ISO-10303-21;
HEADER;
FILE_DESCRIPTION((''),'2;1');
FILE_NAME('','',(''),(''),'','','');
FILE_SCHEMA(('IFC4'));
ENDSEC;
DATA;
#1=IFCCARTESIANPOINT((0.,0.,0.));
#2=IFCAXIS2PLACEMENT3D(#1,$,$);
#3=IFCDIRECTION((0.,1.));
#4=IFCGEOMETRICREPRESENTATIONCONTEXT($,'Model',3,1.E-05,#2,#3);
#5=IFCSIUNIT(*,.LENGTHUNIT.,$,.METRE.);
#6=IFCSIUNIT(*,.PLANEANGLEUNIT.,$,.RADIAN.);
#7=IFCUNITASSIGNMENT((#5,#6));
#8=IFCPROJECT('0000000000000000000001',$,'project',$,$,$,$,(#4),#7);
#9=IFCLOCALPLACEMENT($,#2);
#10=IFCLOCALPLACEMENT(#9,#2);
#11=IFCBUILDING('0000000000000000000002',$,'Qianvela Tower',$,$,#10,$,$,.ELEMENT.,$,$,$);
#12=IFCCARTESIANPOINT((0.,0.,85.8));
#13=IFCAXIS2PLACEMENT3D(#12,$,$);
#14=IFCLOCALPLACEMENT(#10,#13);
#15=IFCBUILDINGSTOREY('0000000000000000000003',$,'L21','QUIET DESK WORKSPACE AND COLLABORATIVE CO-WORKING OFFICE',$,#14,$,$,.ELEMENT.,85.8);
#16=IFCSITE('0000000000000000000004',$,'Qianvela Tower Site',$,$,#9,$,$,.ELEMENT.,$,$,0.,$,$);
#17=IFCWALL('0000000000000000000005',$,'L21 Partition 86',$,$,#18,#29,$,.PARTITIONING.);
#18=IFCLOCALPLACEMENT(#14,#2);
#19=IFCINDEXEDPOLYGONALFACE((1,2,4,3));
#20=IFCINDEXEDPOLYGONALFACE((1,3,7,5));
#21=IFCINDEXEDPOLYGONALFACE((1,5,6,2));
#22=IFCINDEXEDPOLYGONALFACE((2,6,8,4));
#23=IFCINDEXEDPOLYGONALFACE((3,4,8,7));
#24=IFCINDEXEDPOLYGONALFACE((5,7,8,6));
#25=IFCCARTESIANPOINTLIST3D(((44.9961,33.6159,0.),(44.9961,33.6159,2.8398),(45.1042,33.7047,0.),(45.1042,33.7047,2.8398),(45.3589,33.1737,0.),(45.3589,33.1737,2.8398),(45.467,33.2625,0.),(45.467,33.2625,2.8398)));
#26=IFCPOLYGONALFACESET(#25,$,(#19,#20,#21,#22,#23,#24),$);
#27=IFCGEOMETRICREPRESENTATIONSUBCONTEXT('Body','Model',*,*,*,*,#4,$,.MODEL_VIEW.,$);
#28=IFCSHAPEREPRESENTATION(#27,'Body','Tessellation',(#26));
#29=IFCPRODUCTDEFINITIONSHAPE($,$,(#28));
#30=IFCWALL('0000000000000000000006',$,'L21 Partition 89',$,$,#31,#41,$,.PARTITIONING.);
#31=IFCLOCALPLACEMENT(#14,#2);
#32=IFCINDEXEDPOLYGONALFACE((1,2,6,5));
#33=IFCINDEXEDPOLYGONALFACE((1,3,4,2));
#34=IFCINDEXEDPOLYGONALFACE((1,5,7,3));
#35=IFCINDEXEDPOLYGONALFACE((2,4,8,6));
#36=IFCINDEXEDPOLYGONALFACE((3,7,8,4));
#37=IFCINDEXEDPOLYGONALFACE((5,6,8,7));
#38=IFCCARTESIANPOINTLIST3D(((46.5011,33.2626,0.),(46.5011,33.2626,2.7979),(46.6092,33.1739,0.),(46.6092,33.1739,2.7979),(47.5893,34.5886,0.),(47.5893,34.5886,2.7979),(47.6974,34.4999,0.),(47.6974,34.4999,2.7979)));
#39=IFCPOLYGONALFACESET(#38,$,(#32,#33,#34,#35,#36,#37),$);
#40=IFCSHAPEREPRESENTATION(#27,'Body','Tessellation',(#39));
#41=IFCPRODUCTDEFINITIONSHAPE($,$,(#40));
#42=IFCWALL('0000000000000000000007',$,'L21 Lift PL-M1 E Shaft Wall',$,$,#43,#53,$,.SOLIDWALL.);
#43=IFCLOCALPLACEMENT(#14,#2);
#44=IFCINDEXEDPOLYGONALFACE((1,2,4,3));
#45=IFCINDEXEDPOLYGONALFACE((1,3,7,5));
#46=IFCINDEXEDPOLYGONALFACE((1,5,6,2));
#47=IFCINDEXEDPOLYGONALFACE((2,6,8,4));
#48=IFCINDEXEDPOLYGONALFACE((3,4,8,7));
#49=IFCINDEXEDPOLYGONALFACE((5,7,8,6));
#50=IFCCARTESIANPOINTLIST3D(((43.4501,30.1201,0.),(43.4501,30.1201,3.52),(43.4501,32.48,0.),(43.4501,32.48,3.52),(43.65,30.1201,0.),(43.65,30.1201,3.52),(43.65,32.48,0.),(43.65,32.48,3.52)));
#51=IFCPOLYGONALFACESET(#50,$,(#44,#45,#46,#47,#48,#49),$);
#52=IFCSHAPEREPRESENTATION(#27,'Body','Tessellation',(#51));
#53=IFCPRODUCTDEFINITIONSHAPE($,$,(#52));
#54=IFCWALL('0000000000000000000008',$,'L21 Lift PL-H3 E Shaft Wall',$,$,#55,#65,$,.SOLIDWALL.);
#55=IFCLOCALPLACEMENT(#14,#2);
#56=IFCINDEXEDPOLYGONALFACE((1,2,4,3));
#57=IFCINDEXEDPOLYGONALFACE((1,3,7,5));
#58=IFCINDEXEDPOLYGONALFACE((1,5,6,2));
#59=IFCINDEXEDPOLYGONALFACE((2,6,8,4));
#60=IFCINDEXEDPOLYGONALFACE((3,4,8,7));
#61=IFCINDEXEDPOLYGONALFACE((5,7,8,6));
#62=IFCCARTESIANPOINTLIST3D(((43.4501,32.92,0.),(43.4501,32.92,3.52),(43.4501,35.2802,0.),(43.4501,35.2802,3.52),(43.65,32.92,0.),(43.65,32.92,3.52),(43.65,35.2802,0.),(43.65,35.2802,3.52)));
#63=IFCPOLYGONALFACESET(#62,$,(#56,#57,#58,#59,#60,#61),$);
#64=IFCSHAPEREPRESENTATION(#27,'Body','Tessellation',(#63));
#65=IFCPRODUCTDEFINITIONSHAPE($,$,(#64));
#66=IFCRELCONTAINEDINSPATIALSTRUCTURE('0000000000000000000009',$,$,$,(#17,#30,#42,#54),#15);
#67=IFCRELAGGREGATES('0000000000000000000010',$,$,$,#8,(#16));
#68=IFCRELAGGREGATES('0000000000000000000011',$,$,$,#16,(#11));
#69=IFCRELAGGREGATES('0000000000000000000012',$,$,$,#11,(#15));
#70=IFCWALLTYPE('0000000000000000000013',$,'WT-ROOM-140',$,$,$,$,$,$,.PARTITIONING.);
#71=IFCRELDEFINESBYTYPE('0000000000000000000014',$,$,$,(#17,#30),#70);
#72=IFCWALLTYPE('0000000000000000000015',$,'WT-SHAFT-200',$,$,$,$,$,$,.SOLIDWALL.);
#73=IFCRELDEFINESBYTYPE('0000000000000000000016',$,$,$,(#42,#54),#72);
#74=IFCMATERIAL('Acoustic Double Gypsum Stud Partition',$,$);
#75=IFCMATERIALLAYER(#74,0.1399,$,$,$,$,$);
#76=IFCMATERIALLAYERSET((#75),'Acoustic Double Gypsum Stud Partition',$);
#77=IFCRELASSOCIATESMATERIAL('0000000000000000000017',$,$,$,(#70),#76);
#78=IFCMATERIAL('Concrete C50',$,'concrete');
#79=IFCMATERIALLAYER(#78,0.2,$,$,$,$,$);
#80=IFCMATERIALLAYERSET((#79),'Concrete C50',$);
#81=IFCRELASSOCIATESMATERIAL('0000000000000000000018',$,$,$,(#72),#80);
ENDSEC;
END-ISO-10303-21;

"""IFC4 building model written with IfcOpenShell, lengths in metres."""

from ifc_helpers import new_model, si_unit, direction, frame, frame_2d, origin, place, context, subcontext, project, spatial, rectangle, extrude, material, layer, layer_set, type_object, element, save


model = new_model("IFC4")

# Units and contexts
model_context = context("Model", 3, precision=1e-05, world=origin(), true_north=direction((0.0, 1.0)))
body_context = subcontext(model_context, "Body", "Model", "MODEL_VIEW")
ifc_project = project(units=[si_unit("LENGTHUNIT", "METRE"), si_unit("PLANEANGLEUNIT", "RADIAN")], contexts=[model_context])

# Site, building, storey
site_placement = place(None, origin())
site = spatial("IfcSite", under=ifc_project, at=site_placement, Name="Qianvela Tower Site", CompositionType="ELEMENT", RefElevation=0.0)
building_placement = place(site_placement, origin())
building = spatial("IfcBuilding", under=site, at=building_placement, Name="Qianvela Tower", CompositionType="ELEMENT")
storey_placement = place(building_placement, frame((0.0, 0.0, 85.8)))
storey = spatial("IfcBuildingStorey", under=building, at=storey_placement, Name="L21", Description="QUIET DESK WORKSPACE AND COLLABORATIVE CO-WORKING OFFICE", CompositionType="ELEMENT", Elevation=85.8)

# Walls
ifc_material_1 = material(Name="Acoustic Double Gypsum Stud Partition")
ifc_layer_1 = layer(ifc_material_1, 0.1399)
ifc_layer_set_1 = layer_set([ifc_layer_1], Name="Acoustic Double Gypsum Stud Partition")
wall_type_1 = type_object("IfcWallType", Name="WT-ROOM-140", PredefinedType="PARTITIONING", material=ifc_layer_set_1)
wall_1_placement = place(storey_placement, frame((45.05, 33.6604, 0.0), z_axis=(0.0, 0.0, 1.0), x_axis=(0.63433, -0.773063, 0.0)))
element("IfcWall", 1, at=wall_1_placement, inside=storey, type_object=wall_type_1, Name="L21 Partition 86", PredefinedType="PARTITIONING", context=body_context, shape_type="SweptSolid", body=[
    extrude(rectangle(XDim=0.572, YDim=0.1399, at=frame_2d((0.2861, 0.0))), origin(), (0.0, 0.0, 1.0), 2.8398),
])
wall_2_placement = place(storey_placement, frame((46.5552, 33.2183, 0.0), z_axis=(0.0, 0.0, 1.0), x_axis=(0.634384, 0.773018, 0.0)))
element("IfcWall", 2, at=wall_2_placement, inside=storey, type_object=wall_type_1, Name="L21 Partition 89", PredefinedType="PARTITIONING", context=body_context, shape_type="SweptSolid", body=[
    extrude(rectangle(XDim=1.7153, YDim=0.1399, at=frame_2d((0.8577, 0.0))), origin(), (0.0, 0.0, 1.0), 2.7979),
])
ifc_material_2 = material(Name="Concrete C50", Category="concrete")
ifc_layer_2 = layer(ifc_material_2, 0.2)
ifc_layer_set_2 = layer_set([ifc_layer_2], Name="Concrete C50")
wall_type_2 = type_object("IfcWallType", Name="WT-SHAFT-200", PredefinedType="SOLIDWALL", material=ifc_layer_set_2)
wall_3_placement = place(storey_placement, frame((43.55, 30.1201, 0.0), z_axis=(0.0, 0.0, 1.0), x_axis=(0.0, 1.0, 0.0)))
element("IfcWall", 3, at=wall_3_placement, inside=storey, type_object=wall_type_2, Name="L21 Lift PL-M1 E Shaft Wall", PredefinedType="SOLIDWALL", context=body_context, shape_type="SweptSolid", body=[
    extrude(rectangle(XDim=2.3599, YDim=0.2, at=frame_2d((1.1799, 0.0))), origin(), (0.0, 0.0, 1.0), 3.52),
])
wall_4_placement = place(storey_placement, frame((43.55, 32.9199, 0.0), z_axis=(0.0, 0.0, 1.0), x_axis=(0.0, 1.0, 0.0)))
element("IfcWall", 4, at=wall_4_placement, inside=storey, type_object=wall_type_2, Name="L21 Lift PL-H3 E Shaft Wall", PredefinedType="SOLIDWALL", context=body_context, shape_type="SweptSolid", body=[
    extrude(rectangle(XDim=2.3601, YDim=0.2, at=frame_2d((1.1802, 0.0))), origin(), (0.0, 0.0, 1.0), 3.52),
])

save(model, "model.ifc")
